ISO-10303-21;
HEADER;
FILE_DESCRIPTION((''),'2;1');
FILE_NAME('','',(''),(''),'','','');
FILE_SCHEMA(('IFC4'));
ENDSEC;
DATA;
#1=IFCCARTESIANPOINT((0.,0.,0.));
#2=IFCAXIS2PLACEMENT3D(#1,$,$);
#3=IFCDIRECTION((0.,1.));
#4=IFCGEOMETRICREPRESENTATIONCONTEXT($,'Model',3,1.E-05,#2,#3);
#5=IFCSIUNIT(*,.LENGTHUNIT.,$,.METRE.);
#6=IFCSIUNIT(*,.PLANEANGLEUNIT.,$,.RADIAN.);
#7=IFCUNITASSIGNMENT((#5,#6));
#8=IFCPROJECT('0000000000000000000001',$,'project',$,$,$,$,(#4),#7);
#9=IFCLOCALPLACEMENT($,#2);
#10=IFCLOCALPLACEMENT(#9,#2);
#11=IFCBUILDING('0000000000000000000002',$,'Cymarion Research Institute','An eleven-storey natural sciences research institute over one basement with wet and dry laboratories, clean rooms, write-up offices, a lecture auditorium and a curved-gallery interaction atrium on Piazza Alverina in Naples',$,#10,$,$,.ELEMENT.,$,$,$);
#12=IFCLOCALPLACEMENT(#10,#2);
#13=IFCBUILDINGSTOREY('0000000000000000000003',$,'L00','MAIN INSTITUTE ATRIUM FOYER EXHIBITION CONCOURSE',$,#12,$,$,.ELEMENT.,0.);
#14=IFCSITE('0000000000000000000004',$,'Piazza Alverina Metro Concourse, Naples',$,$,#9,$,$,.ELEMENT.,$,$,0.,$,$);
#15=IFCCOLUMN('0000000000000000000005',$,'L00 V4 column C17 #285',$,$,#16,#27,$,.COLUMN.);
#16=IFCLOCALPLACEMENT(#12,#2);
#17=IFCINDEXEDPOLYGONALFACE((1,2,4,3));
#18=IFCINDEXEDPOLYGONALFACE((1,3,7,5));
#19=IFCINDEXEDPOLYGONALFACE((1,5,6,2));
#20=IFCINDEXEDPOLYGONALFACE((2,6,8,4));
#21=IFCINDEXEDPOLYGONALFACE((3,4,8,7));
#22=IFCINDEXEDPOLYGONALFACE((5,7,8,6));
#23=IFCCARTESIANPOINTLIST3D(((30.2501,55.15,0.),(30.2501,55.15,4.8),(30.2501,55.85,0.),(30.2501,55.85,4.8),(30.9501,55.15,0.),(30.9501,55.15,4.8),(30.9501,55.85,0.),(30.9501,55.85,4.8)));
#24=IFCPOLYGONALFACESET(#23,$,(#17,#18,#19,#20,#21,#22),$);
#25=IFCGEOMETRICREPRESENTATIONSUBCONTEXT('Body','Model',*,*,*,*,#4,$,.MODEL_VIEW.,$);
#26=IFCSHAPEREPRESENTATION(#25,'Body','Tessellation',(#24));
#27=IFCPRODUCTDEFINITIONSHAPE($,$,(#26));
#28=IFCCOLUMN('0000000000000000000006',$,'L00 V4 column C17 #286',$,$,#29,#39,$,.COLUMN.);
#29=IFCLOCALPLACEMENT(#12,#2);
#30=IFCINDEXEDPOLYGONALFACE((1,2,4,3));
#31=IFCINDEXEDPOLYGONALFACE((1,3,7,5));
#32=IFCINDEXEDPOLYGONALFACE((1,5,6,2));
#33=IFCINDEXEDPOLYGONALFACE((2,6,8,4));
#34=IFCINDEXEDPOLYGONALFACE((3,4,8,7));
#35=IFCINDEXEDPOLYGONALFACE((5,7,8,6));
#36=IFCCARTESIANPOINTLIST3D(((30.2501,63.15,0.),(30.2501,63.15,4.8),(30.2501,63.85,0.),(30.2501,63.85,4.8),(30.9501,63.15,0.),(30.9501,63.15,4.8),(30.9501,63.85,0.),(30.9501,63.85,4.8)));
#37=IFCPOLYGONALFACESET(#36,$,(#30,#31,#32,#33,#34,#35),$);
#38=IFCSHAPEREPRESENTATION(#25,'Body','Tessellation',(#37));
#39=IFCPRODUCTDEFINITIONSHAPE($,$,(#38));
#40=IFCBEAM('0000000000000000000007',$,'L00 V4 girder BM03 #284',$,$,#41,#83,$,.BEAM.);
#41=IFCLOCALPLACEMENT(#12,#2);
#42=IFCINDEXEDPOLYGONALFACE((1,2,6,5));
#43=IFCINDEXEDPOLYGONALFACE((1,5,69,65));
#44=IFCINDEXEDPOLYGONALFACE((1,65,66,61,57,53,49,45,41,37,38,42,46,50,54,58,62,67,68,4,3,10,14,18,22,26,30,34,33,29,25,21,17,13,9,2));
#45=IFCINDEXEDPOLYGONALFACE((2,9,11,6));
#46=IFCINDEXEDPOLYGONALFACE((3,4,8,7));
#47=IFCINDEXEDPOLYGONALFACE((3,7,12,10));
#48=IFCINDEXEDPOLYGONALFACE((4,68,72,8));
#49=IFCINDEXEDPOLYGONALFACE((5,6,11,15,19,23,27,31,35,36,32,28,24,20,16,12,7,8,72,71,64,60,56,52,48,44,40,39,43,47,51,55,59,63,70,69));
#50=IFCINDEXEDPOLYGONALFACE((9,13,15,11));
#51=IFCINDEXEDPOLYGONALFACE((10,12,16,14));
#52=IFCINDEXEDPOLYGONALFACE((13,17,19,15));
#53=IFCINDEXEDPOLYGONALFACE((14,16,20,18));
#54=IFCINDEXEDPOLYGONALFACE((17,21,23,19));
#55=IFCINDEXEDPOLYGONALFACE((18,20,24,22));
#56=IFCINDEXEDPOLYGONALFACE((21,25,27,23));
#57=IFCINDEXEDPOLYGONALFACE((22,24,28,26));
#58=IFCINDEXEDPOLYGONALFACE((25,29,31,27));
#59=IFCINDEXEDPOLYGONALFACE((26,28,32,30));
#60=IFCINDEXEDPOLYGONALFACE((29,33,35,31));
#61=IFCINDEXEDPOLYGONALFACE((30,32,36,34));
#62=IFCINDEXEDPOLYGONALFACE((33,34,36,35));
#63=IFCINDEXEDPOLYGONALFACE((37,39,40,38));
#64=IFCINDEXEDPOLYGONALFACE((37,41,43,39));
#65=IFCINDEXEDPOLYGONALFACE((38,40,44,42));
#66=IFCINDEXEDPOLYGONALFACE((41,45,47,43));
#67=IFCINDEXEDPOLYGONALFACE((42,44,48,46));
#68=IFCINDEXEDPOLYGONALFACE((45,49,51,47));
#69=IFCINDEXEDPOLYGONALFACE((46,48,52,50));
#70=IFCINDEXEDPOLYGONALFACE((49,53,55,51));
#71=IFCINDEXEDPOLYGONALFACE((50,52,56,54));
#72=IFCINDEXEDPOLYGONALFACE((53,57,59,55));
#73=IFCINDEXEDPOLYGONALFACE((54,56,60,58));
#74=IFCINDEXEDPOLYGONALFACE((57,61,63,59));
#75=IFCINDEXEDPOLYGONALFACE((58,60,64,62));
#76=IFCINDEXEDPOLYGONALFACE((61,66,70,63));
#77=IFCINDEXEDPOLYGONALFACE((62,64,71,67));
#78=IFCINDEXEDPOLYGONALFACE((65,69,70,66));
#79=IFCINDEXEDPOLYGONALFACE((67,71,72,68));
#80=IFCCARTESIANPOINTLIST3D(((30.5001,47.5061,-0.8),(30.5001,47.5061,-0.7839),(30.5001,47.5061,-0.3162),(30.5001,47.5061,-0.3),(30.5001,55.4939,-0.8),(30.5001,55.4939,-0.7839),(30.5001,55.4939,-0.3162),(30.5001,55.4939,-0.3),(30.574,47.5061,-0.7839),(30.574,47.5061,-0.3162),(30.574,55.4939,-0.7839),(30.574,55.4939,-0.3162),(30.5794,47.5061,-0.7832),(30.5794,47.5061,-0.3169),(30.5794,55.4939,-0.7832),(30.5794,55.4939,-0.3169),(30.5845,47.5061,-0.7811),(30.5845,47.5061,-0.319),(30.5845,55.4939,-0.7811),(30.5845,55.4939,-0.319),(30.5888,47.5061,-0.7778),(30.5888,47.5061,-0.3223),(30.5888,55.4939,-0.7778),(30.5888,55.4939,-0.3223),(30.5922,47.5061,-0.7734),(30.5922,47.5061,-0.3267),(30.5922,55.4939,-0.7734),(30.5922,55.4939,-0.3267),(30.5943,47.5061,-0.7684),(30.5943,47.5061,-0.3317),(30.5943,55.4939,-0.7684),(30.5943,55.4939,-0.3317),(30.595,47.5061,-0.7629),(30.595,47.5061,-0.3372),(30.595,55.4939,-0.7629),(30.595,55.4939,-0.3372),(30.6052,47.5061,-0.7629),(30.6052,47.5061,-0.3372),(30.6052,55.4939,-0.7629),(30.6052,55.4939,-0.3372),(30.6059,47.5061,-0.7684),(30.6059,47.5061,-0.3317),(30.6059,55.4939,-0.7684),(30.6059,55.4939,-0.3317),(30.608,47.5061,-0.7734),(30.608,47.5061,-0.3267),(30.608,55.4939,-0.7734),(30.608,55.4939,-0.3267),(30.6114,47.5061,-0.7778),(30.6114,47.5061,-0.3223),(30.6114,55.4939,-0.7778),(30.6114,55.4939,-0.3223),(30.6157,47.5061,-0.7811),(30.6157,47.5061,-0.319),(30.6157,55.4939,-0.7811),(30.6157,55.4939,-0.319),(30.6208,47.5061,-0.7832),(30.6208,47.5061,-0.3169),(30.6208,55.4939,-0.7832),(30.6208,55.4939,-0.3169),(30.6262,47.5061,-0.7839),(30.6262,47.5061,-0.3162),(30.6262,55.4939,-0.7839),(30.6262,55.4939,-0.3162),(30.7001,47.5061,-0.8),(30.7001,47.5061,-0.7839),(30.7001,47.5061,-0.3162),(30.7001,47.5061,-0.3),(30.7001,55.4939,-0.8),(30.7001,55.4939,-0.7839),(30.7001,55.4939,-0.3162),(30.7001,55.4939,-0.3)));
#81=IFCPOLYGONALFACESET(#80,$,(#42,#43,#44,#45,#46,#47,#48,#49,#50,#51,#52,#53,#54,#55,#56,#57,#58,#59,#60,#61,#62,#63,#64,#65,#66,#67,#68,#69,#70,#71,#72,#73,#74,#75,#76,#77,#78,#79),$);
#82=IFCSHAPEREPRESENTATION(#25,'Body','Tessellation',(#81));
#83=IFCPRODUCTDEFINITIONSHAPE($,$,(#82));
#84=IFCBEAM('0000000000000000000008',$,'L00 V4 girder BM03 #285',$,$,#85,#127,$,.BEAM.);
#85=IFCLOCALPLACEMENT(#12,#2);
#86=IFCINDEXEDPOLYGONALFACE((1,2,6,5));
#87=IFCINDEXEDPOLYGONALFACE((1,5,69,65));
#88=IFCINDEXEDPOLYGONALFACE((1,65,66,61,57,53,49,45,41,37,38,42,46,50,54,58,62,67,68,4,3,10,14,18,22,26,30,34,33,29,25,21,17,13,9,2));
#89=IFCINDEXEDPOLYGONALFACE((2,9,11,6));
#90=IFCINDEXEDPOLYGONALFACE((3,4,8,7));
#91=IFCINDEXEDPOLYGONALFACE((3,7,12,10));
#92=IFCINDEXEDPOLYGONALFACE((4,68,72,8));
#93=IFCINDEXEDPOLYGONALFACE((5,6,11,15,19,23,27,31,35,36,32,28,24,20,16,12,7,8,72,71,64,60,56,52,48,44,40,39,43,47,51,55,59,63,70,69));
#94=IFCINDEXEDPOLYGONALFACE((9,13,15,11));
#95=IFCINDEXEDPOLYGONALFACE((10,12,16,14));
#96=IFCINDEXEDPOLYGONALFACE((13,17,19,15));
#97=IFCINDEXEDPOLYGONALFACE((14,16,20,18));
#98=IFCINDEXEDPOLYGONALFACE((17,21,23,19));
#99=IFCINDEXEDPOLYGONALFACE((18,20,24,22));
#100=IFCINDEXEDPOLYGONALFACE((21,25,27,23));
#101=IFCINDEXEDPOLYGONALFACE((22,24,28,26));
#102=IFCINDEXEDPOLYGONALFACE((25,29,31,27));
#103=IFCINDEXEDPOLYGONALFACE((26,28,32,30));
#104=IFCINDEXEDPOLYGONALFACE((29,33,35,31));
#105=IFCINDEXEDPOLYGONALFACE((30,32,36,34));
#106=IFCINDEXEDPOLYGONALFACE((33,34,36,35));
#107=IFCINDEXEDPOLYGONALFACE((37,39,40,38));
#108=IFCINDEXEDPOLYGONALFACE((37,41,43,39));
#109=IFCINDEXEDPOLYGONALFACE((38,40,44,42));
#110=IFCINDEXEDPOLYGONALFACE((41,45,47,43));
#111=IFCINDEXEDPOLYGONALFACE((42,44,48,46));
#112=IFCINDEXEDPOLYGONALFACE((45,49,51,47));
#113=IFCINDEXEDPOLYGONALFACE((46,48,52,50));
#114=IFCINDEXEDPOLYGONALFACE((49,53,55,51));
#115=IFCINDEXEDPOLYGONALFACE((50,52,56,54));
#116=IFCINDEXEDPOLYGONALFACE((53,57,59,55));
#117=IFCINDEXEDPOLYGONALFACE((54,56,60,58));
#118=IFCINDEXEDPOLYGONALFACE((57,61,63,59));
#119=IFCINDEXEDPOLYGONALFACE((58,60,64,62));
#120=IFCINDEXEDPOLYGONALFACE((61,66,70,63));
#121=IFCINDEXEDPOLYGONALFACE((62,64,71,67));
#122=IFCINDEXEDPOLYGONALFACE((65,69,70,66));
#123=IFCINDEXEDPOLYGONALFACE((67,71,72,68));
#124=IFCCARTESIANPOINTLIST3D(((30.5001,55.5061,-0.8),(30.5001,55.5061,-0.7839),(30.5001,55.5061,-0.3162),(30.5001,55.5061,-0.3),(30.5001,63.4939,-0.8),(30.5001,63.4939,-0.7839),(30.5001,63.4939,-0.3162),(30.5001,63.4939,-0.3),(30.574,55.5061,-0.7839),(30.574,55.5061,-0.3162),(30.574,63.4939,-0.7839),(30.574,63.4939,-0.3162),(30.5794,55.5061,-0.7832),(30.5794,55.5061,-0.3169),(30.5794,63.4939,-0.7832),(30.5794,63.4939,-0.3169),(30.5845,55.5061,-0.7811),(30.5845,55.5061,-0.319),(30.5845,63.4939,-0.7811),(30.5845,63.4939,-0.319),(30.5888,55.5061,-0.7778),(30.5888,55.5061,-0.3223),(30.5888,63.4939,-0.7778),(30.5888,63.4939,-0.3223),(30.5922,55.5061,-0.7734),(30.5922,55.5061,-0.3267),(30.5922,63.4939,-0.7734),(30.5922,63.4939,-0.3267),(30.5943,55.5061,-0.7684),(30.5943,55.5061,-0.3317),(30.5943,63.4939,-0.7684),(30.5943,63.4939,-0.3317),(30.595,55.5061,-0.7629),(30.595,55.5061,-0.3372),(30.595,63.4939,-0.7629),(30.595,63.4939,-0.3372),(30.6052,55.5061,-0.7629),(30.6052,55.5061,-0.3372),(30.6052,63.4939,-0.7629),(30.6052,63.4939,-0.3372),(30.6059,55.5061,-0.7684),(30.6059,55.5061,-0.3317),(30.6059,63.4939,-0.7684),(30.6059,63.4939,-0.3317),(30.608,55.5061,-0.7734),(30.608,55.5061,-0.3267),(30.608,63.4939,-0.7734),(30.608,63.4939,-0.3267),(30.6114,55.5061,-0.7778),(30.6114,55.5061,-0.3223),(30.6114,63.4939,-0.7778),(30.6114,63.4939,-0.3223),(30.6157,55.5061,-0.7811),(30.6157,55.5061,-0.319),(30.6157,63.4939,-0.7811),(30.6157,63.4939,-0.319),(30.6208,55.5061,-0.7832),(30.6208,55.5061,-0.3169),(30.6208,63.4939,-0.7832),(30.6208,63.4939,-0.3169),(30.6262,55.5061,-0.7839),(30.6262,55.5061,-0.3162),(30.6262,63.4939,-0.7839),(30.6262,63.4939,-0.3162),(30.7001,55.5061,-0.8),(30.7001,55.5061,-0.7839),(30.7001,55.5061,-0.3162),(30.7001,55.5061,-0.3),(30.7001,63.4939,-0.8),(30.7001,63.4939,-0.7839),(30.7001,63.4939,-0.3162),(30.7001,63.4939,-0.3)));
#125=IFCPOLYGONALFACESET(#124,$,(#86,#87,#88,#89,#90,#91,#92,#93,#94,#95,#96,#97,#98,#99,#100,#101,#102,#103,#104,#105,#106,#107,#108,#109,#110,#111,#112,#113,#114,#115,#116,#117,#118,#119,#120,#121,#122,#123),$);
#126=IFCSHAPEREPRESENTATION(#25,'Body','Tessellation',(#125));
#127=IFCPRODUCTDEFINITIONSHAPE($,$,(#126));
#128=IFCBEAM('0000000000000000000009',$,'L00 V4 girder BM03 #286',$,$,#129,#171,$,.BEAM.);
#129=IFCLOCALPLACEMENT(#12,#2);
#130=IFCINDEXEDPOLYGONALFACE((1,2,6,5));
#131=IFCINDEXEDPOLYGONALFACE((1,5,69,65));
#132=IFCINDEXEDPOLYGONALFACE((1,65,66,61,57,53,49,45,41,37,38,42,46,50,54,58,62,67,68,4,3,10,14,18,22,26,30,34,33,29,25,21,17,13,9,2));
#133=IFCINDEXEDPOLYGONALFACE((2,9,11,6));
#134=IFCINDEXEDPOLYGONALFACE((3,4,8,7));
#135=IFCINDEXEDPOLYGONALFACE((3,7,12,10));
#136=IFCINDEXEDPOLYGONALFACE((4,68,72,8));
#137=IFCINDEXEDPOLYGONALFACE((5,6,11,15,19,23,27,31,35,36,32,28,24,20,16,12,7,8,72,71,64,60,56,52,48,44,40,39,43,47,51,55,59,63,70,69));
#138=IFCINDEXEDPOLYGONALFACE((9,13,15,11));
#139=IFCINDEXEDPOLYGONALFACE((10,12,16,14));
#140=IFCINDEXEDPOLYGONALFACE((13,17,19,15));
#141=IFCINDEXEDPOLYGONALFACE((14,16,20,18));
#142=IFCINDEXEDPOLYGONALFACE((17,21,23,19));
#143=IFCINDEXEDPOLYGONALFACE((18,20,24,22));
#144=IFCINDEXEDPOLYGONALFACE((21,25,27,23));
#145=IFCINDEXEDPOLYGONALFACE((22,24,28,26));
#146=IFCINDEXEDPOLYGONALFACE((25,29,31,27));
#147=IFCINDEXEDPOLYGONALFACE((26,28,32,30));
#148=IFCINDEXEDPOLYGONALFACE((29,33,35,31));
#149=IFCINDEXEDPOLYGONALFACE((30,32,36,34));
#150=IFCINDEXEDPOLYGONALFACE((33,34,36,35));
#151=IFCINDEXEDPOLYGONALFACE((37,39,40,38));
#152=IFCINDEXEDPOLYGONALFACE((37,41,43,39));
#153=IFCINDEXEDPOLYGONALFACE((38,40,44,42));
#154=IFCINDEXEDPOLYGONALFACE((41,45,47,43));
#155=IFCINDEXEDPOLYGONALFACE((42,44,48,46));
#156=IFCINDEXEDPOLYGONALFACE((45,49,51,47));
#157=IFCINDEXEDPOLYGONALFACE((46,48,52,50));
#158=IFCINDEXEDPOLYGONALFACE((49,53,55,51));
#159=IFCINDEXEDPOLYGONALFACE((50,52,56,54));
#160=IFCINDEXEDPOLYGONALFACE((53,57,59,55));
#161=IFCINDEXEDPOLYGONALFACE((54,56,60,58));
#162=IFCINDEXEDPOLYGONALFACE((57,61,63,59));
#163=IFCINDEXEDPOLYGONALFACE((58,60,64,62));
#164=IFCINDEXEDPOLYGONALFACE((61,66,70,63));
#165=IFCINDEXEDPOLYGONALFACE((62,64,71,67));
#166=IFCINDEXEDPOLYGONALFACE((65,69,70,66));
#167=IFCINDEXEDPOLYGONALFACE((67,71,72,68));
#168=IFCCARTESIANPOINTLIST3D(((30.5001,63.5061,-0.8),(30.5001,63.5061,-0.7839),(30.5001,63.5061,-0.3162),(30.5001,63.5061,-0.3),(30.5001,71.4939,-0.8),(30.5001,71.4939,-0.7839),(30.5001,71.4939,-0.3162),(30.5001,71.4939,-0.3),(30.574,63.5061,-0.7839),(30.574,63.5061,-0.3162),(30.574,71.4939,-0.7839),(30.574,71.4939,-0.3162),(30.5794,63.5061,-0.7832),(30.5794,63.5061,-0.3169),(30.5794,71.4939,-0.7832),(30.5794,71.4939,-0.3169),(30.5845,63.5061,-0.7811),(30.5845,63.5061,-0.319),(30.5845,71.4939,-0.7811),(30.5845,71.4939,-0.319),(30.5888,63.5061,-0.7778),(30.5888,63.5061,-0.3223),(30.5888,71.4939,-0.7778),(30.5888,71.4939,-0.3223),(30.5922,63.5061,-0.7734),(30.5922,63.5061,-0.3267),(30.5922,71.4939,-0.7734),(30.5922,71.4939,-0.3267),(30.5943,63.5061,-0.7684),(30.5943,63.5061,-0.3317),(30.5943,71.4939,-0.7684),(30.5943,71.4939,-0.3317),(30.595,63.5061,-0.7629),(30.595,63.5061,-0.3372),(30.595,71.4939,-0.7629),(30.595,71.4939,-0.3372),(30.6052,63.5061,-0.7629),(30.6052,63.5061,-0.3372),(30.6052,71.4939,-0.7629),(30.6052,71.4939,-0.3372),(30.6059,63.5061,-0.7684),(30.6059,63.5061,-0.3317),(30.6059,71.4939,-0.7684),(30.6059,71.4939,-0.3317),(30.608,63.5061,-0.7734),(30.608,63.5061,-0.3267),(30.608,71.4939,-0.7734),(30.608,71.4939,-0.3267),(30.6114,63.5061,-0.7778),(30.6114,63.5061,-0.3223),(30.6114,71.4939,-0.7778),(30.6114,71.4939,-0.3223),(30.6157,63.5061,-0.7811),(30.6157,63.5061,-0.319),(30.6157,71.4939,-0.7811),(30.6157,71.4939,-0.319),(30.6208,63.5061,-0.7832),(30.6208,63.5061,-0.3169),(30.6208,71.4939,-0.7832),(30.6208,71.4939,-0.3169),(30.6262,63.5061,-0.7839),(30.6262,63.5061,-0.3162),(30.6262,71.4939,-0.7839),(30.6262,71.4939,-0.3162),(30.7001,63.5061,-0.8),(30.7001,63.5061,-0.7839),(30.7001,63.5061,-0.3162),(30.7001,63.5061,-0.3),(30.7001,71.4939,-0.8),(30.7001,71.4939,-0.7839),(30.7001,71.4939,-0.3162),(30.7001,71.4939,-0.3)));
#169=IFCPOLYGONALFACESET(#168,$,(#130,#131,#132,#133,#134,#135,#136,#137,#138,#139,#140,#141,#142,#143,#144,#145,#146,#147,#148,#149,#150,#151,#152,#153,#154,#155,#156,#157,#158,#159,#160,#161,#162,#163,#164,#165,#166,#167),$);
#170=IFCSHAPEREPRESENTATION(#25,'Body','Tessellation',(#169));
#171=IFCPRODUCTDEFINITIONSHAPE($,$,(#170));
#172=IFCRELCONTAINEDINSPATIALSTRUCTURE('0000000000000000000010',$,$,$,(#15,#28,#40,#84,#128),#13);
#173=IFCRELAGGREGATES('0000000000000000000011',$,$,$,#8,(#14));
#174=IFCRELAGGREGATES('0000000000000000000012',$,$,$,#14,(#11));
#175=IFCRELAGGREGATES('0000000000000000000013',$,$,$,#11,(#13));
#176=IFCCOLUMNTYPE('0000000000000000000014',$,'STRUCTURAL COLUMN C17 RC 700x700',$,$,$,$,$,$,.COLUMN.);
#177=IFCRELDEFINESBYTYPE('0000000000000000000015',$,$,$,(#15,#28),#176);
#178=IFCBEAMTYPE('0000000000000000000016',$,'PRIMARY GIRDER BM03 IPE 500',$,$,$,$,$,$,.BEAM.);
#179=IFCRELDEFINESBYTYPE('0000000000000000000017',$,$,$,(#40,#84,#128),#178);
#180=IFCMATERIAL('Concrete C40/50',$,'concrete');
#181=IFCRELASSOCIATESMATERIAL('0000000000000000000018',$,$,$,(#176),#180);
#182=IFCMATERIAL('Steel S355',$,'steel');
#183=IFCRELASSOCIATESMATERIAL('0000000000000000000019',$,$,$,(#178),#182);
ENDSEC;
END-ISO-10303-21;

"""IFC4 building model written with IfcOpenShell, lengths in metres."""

from ifc_helpers import new_model, si_unit, direction, frame, origin, origin_2d, place, context, subcontext, project, spatial, rectangle, i_section, extrude, material, material_profile, profile_set, type_object, element, save


model = new_model("IFC4")

# Units and contexts
model_context = context("Model", 3, precision=1e-05, world=origin(), true_north=direction((0.0, 1.0)))
body_context = subcontext(model_context, "Body", "Model", "MODEL_VIEW")
ifc_project = project(units=[si_unit("LENGTHUNIT", "METRE"), si_unit("PLANEANGLEUNIT", "RADIAN")], contexts=[model_context])

# Site, building, storey
site_placement = place(None, origin())
site = spatial("IfcSite", under=ifc_project, at=site_placement, Name="Piazza Alverina Metro Concourse, Naples", CompositionType="ELEMENT", RefElevation=0.0)
building_placement = place(site_placement, origin())
building = spatial("IfcBuilding", under=site, at=building_placement, Name="Cymarion Research Institute", Description="An eleven-storey natural sciences research institute over one basement with wet and dry laboratories, clean rooms, write-up offices, a lecture auditorium and a curved-gallery interaction atrium on Piazza Alverina in Naples", CompositionType="ELEMENT")
storey_placement = place(building_placement, origin())
storey = spatial("IfcBuildingStorey", under=building, at=storey_placement, Name="L00", Description="MAIN INSTITUTE ATRIUM FOYER EXHIBITION CONCOURSE", CompositionType="ELEMENT", Elevation=0.0)

# Columns
ifc_material_1 = material(Name="Concrete C40/50", Category="concrete")
ifc_material_profile_1 = material_profile(ifc_material_1, rectangle(XDim=0.7, YDim=0.7, at=origin_2d()), Name="RC 700x700")
ifc_profile_set_1 = profile_set([ifc_material_profile_1], Name="Concrete C40/50")
column_type = type_object("IfcColumnType", Name="STRUCTURAL COLUMN C17 RC 700x700", PredefinedType="COLUMN", material=ifc_profile_set_1)
for number, where, z_axis, x_axis, name in (
    (1, (30.6001, 55.5, 0.0), (0.0, 0.0, 1.0), (1.0, 0.0, 0.0), "L00 V4 column C17 #285"),
    (2, (30.6001, 63.5, 0.0), (0.0, 0.0, 1.0), (1.0, 0.0, 0.0), "L00 V4 column C17 #286"),
):
    element("IfcColumn", number, at=place(storey_placement, frame(where, z_axis=z_axis, x_axis=x_axis)), inside=storey, type_object=column_type, Name=name, PredefinedType="COLUMN", context=body_context, shape_type="SweptSolid", body=[
        extrude(rectangle(XDim=0.7, YDim=0.7, at=origin_2d()), origin(), (0.0, 0.0, 1.0), 4.8),
    ])

# Beams
ifc_material_2 = material(Name="Steel S355", Category="steel")
ifc_material_profile_2 = material_profile(ifc_material_2, i_section(OverallWidth=0.2, OverallDepth=0.5, WebThickness=0.0103, FlangeThickness=0.0161, FilletRadius=0.021, at=origin_2d()), Name="IPE 500")
ifc_profile_set_2 = profile_set([ifc_material_profile_2], Name="Steel S355")
beam_type_1 = type_object("IfcBeamType", Name="PRIMARY GIRDER BM03 IPE 500", PredefinedType="BEAM", material=ifc_profile_set_2)
for number, where, z_axis, x_axis, name in (
    (3, (30.6001, 47.5061, -0.55), (0.0, 1.0, 0.0), (-1.0, 0.0, 0.0), "L00 V4 girder BM03 #284"),
    (4, (30.6001, 55.5061, -0.55), (0.0, 1.0, 0.0), (-1.0, 0.0, 0.0), "L00 V4 girder BM03 #285"),
    (5, (30.6001, 63.5061, -0.55), (0.0, 1.0, 0.0), (-1.0, 0.0, 0.0), "L00 V4 girder BM03 #286"),
):
    element("IfcBeam", number, at=place(storey_placement, frame(where, z_axis=z_axis, x_axis=x_axis)), inside=storey, type_object=beam_type_1, Name=name, PredefinedType="BEAM", context=body_context, shape_type="SweptSolid", body=[
        extrude(i_section(OverallWidth=0.2, OverallDepth=0.5, WebThickness=0.0103, FlangeThickness=0.0161, FilletRadius=0.021, at=origin_2d()), origin(), (0.0, 0.0, 1.0), 7.9878),
    ])

save(model, "model.ifc")
